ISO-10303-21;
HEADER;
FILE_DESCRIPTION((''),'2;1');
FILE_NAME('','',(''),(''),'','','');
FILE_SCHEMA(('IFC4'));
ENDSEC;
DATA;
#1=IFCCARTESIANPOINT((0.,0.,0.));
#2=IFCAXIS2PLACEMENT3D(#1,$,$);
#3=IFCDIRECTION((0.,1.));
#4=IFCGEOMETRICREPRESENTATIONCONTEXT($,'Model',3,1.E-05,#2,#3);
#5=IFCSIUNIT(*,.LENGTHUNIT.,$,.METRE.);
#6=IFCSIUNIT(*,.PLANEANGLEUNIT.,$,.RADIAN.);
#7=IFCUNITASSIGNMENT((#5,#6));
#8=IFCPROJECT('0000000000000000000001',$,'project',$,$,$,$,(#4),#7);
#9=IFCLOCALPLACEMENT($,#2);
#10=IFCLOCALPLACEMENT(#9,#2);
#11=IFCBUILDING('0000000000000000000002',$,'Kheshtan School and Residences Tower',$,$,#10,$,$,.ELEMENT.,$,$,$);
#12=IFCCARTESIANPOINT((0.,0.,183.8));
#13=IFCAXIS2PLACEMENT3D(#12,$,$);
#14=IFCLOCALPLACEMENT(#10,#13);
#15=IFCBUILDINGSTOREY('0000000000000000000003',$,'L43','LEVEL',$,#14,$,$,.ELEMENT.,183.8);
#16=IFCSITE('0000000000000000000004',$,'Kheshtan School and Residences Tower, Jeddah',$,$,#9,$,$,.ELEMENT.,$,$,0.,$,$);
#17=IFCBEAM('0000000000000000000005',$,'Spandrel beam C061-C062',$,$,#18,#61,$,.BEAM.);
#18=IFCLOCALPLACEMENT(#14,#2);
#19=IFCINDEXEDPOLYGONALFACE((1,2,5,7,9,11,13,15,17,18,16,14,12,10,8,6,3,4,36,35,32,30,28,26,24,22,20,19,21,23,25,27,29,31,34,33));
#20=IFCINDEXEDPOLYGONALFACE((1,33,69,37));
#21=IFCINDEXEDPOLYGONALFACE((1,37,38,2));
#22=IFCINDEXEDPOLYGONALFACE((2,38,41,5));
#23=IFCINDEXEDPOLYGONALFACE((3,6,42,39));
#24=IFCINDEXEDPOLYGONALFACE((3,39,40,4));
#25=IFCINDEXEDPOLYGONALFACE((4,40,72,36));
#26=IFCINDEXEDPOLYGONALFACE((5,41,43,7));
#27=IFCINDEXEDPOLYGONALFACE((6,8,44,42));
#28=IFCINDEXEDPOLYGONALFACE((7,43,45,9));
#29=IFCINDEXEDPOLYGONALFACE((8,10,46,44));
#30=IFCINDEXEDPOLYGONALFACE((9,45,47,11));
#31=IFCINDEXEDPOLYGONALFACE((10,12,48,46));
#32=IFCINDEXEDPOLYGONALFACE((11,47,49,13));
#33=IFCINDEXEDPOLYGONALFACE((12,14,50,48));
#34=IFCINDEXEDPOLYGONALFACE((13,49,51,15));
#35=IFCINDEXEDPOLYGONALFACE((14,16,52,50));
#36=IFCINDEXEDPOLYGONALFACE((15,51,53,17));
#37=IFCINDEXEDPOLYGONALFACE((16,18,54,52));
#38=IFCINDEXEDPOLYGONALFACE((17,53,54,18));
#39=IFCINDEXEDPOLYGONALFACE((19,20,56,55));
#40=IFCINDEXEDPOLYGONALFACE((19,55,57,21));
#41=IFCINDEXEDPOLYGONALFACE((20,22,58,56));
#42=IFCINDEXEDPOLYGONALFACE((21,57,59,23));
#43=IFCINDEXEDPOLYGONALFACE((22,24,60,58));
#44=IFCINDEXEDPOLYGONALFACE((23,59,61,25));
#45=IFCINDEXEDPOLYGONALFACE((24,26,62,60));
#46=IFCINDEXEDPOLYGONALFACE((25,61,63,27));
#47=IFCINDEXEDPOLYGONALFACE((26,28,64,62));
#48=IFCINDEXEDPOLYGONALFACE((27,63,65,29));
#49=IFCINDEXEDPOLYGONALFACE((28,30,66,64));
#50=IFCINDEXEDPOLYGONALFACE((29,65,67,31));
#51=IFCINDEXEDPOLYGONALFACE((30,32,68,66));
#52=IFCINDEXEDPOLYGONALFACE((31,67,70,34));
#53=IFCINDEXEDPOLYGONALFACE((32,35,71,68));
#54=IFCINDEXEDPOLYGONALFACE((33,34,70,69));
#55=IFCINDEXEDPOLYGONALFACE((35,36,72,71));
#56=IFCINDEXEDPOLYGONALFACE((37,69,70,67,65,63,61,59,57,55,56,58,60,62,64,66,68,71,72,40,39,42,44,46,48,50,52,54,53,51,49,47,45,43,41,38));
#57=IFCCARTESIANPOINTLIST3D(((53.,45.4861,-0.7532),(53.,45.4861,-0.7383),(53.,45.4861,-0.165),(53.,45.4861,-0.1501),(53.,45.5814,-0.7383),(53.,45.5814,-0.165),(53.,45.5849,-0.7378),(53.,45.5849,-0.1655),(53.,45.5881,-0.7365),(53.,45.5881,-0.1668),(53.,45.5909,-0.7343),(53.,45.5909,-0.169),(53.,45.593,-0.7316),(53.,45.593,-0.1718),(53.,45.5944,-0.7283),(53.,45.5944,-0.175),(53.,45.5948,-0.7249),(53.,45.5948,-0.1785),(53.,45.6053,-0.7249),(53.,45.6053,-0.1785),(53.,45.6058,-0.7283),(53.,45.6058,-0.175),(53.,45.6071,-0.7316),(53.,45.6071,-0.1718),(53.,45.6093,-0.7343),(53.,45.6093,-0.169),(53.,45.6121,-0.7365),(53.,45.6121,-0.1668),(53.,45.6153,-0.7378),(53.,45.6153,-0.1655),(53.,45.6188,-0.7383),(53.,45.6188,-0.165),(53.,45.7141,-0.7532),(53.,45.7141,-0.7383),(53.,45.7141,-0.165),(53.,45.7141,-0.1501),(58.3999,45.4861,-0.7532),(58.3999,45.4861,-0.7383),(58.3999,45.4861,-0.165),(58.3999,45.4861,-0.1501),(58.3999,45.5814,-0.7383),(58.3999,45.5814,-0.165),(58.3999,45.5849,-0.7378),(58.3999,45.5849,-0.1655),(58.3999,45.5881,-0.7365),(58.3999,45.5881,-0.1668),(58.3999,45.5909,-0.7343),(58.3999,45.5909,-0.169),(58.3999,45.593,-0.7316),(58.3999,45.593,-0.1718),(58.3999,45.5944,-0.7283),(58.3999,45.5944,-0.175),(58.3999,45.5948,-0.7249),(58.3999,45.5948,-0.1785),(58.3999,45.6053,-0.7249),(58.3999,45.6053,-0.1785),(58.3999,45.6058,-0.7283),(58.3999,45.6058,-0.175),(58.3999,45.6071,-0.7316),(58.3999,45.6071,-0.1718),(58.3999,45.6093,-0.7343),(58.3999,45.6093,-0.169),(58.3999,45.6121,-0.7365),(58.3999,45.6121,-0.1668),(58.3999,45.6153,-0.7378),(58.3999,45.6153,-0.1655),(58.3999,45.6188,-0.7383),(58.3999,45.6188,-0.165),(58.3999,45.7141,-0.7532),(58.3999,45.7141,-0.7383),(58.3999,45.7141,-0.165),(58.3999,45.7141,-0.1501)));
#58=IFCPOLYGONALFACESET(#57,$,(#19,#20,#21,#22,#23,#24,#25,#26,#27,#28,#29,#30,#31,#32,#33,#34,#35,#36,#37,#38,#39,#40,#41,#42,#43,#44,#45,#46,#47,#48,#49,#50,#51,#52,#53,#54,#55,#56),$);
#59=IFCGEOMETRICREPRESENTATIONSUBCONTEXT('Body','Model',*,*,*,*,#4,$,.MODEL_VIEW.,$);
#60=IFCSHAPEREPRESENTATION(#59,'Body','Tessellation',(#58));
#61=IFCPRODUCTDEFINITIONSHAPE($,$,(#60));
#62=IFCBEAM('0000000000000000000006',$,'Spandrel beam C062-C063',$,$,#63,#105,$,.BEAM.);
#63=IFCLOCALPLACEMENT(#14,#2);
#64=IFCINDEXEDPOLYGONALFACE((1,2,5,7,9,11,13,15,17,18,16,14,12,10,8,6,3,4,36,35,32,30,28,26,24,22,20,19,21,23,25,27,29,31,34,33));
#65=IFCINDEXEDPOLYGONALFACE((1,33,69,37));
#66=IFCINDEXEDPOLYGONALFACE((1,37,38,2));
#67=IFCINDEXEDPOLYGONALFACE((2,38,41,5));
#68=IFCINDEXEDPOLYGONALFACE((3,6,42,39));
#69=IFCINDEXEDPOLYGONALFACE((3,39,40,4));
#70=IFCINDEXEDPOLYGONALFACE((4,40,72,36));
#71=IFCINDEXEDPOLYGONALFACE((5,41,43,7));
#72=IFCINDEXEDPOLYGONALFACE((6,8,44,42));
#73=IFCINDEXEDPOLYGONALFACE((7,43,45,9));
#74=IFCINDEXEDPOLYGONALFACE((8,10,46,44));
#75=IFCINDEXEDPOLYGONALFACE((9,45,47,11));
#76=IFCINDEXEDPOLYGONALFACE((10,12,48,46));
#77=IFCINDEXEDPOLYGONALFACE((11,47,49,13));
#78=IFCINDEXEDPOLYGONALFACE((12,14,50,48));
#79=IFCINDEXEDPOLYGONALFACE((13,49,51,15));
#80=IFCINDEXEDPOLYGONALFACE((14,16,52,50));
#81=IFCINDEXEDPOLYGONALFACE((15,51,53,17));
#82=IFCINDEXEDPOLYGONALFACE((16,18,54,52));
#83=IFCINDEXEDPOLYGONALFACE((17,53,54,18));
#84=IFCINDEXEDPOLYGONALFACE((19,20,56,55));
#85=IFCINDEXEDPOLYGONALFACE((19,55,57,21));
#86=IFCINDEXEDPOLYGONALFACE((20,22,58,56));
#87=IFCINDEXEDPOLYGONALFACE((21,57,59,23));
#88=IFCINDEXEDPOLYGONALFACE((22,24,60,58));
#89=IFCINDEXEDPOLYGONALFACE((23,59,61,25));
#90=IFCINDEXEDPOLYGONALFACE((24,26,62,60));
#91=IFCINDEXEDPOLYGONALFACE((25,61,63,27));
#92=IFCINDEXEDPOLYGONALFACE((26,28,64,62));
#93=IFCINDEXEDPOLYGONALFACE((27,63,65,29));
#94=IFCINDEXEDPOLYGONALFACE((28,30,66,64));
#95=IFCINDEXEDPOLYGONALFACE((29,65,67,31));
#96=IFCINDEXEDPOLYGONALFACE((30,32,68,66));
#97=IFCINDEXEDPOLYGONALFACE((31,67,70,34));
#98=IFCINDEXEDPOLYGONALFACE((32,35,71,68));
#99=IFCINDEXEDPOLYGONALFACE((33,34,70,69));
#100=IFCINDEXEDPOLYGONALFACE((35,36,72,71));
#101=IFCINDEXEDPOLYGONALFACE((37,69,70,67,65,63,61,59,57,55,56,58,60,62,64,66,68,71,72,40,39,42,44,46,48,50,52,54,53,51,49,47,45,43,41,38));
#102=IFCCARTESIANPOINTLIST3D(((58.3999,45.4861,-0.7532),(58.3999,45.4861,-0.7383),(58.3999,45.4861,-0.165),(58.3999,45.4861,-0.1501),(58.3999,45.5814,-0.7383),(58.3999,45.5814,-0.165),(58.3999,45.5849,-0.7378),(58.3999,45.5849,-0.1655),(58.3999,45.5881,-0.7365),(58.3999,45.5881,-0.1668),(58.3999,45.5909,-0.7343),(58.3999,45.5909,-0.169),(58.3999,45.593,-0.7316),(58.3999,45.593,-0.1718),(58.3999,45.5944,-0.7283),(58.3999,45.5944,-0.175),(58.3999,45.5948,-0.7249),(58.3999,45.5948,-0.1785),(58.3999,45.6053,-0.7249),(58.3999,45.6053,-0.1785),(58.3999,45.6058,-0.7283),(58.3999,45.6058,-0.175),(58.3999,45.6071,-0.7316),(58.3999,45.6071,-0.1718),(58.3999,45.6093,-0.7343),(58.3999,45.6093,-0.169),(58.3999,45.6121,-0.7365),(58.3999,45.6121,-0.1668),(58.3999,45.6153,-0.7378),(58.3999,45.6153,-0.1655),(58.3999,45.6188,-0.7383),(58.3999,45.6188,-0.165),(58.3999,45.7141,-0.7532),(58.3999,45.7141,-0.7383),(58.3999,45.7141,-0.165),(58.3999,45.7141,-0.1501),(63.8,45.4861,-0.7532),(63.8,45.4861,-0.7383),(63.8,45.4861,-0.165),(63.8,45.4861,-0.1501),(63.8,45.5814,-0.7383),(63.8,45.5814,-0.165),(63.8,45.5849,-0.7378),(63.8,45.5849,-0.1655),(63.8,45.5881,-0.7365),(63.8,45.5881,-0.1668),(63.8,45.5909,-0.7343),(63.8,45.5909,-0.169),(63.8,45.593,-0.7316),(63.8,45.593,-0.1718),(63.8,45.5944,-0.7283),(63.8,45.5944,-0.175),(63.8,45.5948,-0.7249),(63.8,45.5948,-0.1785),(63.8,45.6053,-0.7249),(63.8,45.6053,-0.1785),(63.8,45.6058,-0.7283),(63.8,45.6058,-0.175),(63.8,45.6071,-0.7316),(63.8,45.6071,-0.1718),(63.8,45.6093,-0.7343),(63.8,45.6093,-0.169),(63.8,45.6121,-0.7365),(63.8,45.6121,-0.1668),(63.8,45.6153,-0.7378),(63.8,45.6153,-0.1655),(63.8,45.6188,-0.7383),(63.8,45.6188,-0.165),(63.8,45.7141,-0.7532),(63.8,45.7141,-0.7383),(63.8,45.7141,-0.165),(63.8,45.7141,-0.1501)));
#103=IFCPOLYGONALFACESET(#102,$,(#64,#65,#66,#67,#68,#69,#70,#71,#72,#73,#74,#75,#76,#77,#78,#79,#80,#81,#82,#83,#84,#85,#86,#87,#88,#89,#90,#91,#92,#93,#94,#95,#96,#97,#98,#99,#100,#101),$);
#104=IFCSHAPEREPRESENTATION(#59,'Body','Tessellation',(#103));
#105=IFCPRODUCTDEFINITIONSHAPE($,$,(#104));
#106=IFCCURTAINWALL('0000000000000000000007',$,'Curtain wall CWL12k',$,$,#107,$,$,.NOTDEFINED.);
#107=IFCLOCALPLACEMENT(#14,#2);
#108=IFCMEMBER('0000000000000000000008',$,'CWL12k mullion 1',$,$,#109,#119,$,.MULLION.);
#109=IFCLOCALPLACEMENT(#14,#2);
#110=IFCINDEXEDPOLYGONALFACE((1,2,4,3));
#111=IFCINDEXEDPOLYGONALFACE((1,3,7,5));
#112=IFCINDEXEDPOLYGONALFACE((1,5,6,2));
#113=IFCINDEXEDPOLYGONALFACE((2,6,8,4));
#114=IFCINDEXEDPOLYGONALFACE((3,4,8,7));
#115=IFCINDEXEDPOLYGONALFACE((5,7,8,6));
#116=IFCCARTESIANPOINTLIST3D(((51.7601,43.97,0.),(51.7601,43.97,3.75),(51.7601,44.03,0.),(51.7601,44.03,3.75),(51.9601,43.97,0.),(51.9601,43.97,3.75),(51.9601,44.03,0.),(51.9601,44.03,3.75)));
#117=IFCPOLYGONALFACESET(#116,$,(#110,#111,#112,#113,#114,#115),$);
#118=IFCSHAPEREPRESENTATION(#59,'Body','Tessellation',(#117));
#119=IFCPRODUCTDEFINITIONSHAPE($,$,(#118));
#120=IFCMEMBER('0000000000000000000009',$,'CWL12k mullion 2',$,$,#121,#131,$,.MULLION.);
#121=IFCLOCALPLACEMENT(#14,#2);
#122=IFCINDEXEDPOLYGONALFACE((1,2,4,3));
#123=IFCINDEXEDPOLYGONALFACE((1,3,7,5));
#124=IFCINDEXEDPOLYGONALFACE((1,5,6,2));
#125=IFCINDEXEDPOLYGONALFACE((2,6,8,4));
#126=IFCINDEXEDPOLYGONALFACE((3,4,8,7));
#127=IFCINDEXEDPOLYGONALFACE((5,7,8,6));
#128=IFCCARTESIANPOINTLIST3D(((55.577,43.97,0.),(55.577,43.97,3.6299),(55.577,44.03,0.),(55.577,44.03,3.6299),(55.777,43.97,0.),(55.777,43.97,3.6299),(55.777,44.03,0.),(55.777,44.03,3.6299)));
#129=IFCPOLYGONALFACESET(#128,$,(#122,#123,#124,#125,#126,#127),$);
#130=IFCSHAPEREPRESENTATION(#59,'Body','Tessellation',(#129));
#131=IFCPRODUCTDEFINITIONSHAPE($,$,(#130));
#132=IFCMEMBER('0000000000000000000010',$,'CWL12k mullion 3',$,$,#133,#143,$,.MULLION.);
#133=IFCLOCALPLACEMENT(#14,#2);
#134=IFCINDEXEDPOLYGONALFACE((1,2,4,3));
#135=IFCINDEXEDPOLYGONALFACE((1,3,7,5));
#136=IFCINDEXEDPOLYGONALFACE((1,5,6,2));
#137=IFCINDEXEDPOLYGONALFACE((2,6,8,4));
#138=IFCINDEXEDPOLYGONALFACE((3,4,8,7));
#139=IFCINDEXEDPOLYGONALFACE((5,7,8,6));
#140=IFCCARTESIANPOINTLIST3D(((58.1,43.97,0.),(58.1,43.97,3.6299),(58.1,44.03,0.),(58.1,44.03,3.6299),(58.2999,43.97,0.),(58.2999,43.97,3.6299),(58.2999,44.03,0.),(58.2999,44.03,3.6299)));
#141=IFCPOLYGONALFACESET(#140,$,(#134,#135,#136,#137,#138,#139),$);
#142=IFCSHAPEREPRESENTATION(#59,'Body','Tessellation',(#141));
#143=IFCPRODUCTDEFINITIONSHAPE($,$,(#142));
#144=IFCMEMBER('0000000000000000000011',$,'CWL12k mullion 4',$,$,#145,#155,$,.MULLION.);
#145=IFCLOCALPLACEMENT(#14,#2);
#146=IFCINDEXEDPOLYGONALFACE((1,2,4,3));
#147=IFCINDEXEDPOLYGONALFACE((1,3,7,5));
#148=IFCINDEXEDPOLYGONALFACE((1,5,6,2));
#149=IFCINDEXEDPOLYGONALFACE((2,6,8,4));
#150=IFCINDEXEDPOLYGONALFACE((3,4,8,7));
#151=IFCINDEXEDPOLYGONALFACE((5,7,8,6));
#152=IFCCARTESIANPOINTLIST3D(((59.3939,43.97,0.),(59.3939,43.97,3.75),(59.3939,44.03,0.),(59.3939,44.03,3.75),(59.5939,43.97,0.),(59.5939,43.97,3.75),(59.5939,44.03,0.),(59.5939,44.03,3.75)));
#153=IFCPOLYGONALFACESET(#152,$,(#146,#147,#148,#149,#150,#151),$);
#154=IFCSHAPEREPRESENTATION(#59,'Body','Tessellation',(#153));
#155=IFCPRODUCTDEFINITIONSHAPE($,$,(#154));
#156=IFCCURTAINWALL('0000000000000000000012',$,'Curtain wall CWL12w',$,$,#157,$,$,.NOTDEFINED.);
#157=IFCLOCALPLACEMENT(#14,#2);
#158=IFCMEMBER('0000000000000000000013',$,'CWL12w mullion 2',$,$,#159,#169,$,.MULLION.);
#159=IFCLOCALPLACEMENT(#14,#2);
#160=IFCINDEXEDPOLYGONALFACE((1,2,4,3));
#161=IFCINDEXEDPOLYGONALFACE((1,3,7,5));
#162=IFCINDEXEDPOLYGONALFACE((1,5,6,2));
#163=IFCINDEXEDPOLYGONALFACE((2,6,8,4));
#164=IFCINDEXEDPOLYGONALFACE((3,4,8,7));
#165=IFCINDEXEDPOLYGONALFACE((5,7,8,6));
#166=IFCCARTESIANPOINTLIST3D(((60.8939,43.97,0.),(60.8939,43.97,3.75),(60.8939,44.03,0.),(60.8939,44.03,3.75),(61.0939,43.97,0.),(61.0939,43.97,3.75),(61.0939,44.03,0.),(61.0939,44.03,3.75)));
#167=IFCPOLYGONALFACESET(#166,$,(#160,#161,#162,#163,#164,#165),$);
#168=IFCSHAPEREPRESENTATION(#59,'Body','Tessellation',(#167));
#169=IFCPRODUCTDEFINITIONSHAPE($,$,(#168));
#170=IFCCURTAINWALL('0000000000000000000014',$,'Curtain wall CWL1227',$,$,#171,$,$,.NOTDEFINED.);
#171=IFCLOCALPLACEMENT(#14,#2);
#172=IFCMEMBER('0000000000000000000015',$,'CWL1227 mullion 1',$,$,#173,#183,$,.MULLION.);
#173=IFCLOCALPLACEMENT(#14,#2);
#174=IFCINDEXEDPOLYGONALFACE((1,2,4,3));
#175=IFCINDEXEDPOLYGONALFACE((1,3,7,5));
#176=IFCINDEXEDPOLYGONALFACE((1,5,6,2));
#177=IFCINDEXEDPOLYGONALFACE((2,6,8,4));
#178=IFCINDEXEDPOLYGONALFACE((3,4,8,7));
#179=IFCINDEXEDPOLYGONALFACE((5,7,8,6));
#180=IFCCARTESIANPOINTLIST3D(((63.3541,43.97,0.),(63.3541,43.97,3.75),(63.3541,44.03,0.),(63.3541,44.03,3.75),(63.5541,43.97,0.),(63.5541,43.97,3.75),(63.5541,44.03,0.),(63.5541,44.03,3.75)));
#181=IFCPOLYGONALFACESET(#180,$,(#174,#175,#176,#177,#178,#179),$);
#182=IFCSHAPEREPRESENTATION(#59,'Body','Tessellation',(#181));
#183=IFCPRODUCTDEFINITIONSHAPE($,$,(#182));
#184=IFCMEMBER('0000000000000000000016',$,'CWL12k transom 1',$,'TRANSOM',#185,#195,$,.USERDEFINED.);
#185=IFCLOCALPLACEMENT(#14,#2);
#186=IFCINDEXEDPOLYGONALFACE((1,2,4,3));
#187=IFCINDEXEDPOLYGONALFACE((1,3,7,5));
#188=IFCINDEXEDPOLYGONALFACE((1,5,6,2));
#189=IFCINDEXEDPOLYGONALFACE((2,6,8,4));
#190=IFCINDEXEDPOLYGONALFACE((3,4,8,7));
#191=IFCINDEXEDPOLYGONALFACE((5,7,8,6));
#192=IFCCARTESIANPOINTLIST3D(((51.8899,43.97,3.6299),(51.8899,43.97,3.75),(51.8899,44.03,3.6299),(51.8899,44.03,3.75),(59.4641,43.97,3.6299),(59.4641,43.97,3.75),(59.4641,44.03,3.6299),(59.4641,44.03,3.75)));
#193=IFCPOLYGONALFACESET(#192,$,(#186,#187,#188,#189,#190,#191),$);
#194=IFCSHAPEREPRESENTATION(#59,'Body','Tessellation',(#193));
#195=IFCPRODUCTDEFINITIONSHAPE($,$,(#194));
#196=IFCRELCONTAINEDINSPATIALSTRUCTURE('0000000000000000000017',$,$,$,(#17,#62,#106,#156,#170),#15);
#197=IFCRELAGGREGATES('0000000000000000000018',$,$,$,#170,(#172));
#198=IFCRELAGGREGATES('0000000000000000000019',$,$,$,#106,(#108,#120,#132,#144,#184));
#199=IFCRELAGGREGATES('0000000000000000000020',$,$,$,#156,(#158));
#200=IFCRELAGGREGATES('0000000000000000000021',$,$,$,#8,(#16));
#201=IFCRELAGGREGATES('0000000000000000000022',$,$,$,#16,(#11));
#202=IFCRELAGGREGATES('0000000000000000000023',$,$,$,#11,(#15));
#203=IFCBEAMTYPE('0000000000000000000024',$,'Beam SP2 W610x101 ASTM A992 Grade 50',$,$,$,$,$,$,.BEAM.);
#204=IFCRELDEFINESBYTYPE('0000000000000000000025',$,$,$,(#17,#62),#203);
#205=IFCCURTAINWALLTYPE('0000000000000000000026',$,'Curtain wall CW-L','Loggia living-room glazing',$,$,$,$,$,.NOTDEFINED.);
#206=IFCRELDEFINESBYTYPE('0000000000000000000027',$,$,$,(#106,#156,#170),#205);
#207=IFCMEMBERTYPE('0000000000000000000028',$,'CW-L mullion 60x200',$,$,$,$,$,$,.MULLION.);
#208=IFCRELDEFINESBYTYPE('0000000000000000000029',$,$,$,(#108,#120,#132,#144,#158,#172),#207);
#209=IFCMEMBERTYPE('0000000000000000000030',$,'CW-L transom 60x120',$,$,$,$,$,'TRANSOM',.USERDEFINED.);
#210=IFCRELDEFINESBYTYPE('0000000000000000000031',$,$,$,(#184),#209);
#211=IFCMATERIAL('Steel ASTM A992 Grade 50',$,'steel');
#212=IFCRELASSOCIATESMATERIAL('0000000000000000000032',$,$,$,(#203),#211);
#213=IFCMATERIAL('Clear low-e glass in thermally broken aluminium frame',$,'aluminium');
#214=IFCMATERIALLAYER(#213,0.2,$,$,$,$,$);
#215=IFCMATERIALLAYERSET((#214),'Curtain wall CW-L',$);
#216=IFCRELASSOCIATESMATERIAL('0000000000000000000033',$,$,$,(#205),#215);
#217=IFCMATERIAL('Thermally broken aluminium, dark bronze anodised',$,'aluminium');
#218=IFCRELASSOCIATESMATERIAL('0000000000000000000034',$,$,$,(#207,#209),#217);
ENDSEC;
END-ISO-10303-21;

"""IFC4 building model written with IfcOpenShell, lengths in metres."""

from ifc_helpers import new_model, si_unit, direction, frame, origin, origin_2d, place, context, subcontext, project, spatial, rectangle, i_section, extrude, material, layer, layer_set, material_profile, profile_set, type_object, element, aggregate, save


model = new_model("IFC4")

# Units and contexts
model_context = context("Model", 3, precision=1e-05, world=origin(), true_north=direction((0.0, 1.0)))
body_context = subcontext(model_context, "Body", "Model", "MODEL_VIEW")
ifc_project = project(units=[si_unit("LENGTHUNIT", "METRE"), si_unit("PLANEANGLEUNIT", "RADIAN")], contexts=[model_context])

# Site, building, storey
site_placement = place(None, origin())
site = spatial("IfcSite", under=ifc_project, at=site_placement, Name="Kheshtan School and Residences Tower, Jeddah", CompositionType="ELEMENT", RefElevation=0.0)
building_placement = place(site_placement, origin())
building = spatial("IfcBuilding", under=site, at=building_placement, Name="Kheshtan School and Residences Tower", CompositionType="ELEMENT")
storey_placement = place(building_placement, frame((0.0, 0.0, 183.8)))
storey = spatial("IfcBuildingStorey", under=building, at=storey_placement, Name="L43", Description="LEVEL", CompositionType="ELEMENT", Elevation=183.8)

# Shared definitions
ifc_material_1 = material(Name="Steel ASTM A992 Grade 50", Category="steel")

# Beams
ifc_material_profile_1 = material_profile(ifc_material_1, i_section(OverallWidth=0.228, OverallDepth=0.603, WebThickness=0.0105, FlangeThickness=0.0149, FilletRadius=0.0134, at=origin_2d()), Name="W610x101")
ifc_profile_set_1 = profile_set([ifc_material_profile_1], Name="Steel ASTM A992 Grade 50")
beam_type = type_object("IfcBeamType", Name="Beam SP2 W610x101 ASTM A992 Grade 50", PredefinedType="BEAM", material=ifc_profile_set_1)
beam_1_placement = place(storey_placement, frame((53.0, 45.6001, -0.4517), z_axis=(1.0, 0.0, 0.0), x_axis=(0.0, 1.0, 0.0)))
element("IfcBeam", 1, at=beam_1_placement, inside=storey, type_object=beam_type, Name="Spandrel beam C061-C062", PredefinedType="BEAM", context=body_context, shape_type="SweptSolid", body=[
    extrude(i_section(OverallWidth=0.228, OverallDepth=0.603, WebThickness=0.0105, FlangeThickness=0.0149, FilletRadius=0.0134, at=origin_2d()), origin(), (0.0, 0.0, 1.0), 5.3999),
])
beam_2_placement = place(storey_placement, frame((58.3999, 45.6001, -0.4517), z_axis=(1.0, 0.0, 0.0), x_axis=(0.0, 1.0, 0.0)))
element("IfcBeam", 2, at=beam_2_placement, inside=storey, type_object=beam_type, Name="Spandrel beam C062-C063", PredefinedType="BEAM", context=body_context, shape_type="SweptSolid", body=[
    extrude(i_section(OverallWidth=0.228, OverallDepth=0.603, WebThickness=0.0105, FlangeThickness=0.0149, FilletRadius=0.0134, at=origin_2d()), origin(), (0.0, 0.0, 1.0), 5.4001),
])

# Curtain wall, members
ifc_material_2 = material(Name="Clear low-e glass in thermally broken aluminium frame", Category="aluminium")
ifc_layer_1 = layer(ifc_material_2, 0.2)
ifc_layer_set_1 = layer_set([ifc_layer_1], Name="Curtain wall CW-L")
curtain_wall_type = type_object("IfcCurtainWallType", Name="Curtain wall CW-L", Description="Loggia living-room glazing", PredefinedType="NOTDEFINED", material=ifc_layer_set_1)
curtain_wall_1_placement = place(storey_placement, origin())
curtain_wall_1 = element("IfcCurtainWall", 3, at=curtain_wall_1_placement, inside=storey, type_object=curtain_wall_type, Name="Curtain wall CWL12k", PredefinedType="NOTDEFINED")
ifc_material_3 = material(Name="Thermally broken aluminium, dark bronze anodised", Category="aluminium")
ifc_material_profile_2 = material_profile(ifc_material_3, rectangle(XDim=0.0601, YDim=0.2, at=origin_2d()), Name="CW-L mullion 60x200")
ifc_profile_set_2 = profile_set([ifc_material_profile_2], Name="Thermally broken aluminium, dark bronze anodised")
member_type_1 = type_object("IfcMemberType", Name="CW-L mullion 60x200", PredefinedType="MULLION", material=ifc_profile_set_2)
member_1_placement = place(storey_placement, frame((51.8601, 44.0, 0.0), z_axis=(0.0, 0.0, 1.0), x_axis=(0.0, 1.0, 0.0)))
member_1 = element("IfcMember", 4, at=member_1_placement, type_object=member_type_1, Name="CWL12k mullion 1", PredefinedType="MULLION", context=body_context, shape_type="SweptSolid", body=[
    extrude(rectangle(XDim=0.0601, YDim=0.2, at=origin_2d()), origin(), (0.0, 0.0, 1.0), 3.75),
])
member_2_placement = place(storey_placement, frame((55.677, 44.0, 0.0), z_axis=(0.0, 0.0, 1.0), x_axis=(0.0, 1.0, 0.0)))
member_2 = element("IfcMember", 5, at=member_2_placement, type_object=member_type_1, Name="CWL12k mullion 2", PredefinedType="MULLION", context=body_context, shape_type="SweptSolid", body=[
    extrude(rectangle(XDim=0.0601, YDim=0.2, at=origin_2d()), origin(), (0.0, 0.0, 1.0), 3.6299),
])
member_3_placement = place(storey_placement, frame((58.2, 44.0, 0.0), z_axis=(0.0, 0.0, 1.0), x_axis=(0.0, 1.0, 0.0)))
member_3 = element("IfcMember", 6, at=member_3_placement, type_object=member_type_1, Name="CWL12k mullion 3", PredefinedType="MULLION", context=body_context, shape_type="SweptSolid", body=[
    extrude(rectangle(XDim=0.0601, YDim=0.2, at=origin_2d()), origin(), (0.0, 0.0, 1.0), 3.6299),
])
member_4_placement = place(storey_placement, frame((59.4939, 44.0, 0.0), z_axis=(0.0, 0.0, 1.0), x_axis=(0.0, 1.0, 0.0)))
member_4 = element("IfcMember", 7, at=member_4_placement, type_object=member_type_1, Name="CWL12k mullion 4", PredefinedType="MULLION", context=body_context, shape_type="SweptSolid", body=[
    extrude(rectangle(XDim=0.0601, YDim=0.2, at=origin_2d()), origin(), (0.0, 0.0, 1.0), 3.75),
])

# Curtain walls, members
curtain_wall_2_placement = place(storey_placement, origin())
curtain_wall_2 = element("IfcCurtainWall", 8, at=curtain_wall_2_placement, inside=storey, type_object=curtain_wall_type, Name="Curtain wall CWL12w", PredefinedType="NOTDEFINED")
member_5_placement = place(storey_placement, frame((60.9939, 44.0, 0.0), z_axis=(0.0, 0.0, 1.0), x_axis=(0.0, 1.0, 0.0)))
member_5 = element("IfcMember", 9, at=member_5_placement, type_object=member_type_1, Name="CWL12w mullion 2", PredefinedType="MULLION", context=body_context, shape_type="SweptSolid", body=[
    extrude(rectangle(XDim=0.0601, YDim=0.2, at=origin_2d()), origin(), (0.0, 0.0, 1.0), 3.75),
])
curtain_wall_3_placement = place(storey_placement, origin())
curtain_wall_3 = element("IfcCurtainWall", 10, at=curtain_wall_3_placement, inside=storey, type_object=curtain_wall_type, Name="Curtain wall CWL1227", PredefinedType="NOTDEFINED")
member_6_placement = place(storey_placement, frame((63.4541, 44.0, 0.0), z_axis=(0.0, 0.0, 1.0), x_axis=(0.0, 1.0, 0.0)))
member_6 = element("IfcMember", 11, at=member_6_placement, type_object=member_type_1, Name="CWL1227 mullion 1", PredefinedType="MULLION", context=body_context, shape_type="SweptSolid", body=[
    extrude(rectangle(XDim=0.0601, YDim=0.2, at=origin_2d()), origin(), (0.0, 0.0, 1.0), 3.75),
])
aggregate(curtain_wall_3, [member_6])

# Member
ifc_material_profile_3 = material_profile(ifc_material_3, rectangle(XDim=0.0601, YDim=0.1201, at=origin_2d()), Name="CW-L transom 60x120")
ifc_profile_set_3 = profile_set([ifc_material_profile_3], Name="Thermally broken aluminium, dark bronze anodised")
member_type_2 = type_object("IfcMemberType", Name="CW-L transom 60x120", ElementType="TRANSOM", PredefinedType="USERDEFINED", material=ifc_profile_set_3)
member_7_placement = place(storey_placement, frame((51.8899, 44.0, 3.6899), z_axis=(1.0, 0.0, 0.0), x_axis=(0.0, 1.0, 0.0)))
member_7 = element("IfcMember", 12, at=member_7_placement, type_object=member_type_2, Name="CWL12k transom 1", ObjectType="TRANSOM", PredefinedType="USERDEFINED", context=body_context, shape_type="SweptSolid", body=[
    extrude(rectangle(XDim=0.0601, YDim=0.1201, at=origin_2d()), origin(), (0.0, 0.0, 1.0), 7.5742),
])

aggregate(curtain_wall_1, [member_1, member_2, member_3, member_4, member_7])
aggregate(curtain_wall_2, [member_5])

save(model, "model.ifc")
